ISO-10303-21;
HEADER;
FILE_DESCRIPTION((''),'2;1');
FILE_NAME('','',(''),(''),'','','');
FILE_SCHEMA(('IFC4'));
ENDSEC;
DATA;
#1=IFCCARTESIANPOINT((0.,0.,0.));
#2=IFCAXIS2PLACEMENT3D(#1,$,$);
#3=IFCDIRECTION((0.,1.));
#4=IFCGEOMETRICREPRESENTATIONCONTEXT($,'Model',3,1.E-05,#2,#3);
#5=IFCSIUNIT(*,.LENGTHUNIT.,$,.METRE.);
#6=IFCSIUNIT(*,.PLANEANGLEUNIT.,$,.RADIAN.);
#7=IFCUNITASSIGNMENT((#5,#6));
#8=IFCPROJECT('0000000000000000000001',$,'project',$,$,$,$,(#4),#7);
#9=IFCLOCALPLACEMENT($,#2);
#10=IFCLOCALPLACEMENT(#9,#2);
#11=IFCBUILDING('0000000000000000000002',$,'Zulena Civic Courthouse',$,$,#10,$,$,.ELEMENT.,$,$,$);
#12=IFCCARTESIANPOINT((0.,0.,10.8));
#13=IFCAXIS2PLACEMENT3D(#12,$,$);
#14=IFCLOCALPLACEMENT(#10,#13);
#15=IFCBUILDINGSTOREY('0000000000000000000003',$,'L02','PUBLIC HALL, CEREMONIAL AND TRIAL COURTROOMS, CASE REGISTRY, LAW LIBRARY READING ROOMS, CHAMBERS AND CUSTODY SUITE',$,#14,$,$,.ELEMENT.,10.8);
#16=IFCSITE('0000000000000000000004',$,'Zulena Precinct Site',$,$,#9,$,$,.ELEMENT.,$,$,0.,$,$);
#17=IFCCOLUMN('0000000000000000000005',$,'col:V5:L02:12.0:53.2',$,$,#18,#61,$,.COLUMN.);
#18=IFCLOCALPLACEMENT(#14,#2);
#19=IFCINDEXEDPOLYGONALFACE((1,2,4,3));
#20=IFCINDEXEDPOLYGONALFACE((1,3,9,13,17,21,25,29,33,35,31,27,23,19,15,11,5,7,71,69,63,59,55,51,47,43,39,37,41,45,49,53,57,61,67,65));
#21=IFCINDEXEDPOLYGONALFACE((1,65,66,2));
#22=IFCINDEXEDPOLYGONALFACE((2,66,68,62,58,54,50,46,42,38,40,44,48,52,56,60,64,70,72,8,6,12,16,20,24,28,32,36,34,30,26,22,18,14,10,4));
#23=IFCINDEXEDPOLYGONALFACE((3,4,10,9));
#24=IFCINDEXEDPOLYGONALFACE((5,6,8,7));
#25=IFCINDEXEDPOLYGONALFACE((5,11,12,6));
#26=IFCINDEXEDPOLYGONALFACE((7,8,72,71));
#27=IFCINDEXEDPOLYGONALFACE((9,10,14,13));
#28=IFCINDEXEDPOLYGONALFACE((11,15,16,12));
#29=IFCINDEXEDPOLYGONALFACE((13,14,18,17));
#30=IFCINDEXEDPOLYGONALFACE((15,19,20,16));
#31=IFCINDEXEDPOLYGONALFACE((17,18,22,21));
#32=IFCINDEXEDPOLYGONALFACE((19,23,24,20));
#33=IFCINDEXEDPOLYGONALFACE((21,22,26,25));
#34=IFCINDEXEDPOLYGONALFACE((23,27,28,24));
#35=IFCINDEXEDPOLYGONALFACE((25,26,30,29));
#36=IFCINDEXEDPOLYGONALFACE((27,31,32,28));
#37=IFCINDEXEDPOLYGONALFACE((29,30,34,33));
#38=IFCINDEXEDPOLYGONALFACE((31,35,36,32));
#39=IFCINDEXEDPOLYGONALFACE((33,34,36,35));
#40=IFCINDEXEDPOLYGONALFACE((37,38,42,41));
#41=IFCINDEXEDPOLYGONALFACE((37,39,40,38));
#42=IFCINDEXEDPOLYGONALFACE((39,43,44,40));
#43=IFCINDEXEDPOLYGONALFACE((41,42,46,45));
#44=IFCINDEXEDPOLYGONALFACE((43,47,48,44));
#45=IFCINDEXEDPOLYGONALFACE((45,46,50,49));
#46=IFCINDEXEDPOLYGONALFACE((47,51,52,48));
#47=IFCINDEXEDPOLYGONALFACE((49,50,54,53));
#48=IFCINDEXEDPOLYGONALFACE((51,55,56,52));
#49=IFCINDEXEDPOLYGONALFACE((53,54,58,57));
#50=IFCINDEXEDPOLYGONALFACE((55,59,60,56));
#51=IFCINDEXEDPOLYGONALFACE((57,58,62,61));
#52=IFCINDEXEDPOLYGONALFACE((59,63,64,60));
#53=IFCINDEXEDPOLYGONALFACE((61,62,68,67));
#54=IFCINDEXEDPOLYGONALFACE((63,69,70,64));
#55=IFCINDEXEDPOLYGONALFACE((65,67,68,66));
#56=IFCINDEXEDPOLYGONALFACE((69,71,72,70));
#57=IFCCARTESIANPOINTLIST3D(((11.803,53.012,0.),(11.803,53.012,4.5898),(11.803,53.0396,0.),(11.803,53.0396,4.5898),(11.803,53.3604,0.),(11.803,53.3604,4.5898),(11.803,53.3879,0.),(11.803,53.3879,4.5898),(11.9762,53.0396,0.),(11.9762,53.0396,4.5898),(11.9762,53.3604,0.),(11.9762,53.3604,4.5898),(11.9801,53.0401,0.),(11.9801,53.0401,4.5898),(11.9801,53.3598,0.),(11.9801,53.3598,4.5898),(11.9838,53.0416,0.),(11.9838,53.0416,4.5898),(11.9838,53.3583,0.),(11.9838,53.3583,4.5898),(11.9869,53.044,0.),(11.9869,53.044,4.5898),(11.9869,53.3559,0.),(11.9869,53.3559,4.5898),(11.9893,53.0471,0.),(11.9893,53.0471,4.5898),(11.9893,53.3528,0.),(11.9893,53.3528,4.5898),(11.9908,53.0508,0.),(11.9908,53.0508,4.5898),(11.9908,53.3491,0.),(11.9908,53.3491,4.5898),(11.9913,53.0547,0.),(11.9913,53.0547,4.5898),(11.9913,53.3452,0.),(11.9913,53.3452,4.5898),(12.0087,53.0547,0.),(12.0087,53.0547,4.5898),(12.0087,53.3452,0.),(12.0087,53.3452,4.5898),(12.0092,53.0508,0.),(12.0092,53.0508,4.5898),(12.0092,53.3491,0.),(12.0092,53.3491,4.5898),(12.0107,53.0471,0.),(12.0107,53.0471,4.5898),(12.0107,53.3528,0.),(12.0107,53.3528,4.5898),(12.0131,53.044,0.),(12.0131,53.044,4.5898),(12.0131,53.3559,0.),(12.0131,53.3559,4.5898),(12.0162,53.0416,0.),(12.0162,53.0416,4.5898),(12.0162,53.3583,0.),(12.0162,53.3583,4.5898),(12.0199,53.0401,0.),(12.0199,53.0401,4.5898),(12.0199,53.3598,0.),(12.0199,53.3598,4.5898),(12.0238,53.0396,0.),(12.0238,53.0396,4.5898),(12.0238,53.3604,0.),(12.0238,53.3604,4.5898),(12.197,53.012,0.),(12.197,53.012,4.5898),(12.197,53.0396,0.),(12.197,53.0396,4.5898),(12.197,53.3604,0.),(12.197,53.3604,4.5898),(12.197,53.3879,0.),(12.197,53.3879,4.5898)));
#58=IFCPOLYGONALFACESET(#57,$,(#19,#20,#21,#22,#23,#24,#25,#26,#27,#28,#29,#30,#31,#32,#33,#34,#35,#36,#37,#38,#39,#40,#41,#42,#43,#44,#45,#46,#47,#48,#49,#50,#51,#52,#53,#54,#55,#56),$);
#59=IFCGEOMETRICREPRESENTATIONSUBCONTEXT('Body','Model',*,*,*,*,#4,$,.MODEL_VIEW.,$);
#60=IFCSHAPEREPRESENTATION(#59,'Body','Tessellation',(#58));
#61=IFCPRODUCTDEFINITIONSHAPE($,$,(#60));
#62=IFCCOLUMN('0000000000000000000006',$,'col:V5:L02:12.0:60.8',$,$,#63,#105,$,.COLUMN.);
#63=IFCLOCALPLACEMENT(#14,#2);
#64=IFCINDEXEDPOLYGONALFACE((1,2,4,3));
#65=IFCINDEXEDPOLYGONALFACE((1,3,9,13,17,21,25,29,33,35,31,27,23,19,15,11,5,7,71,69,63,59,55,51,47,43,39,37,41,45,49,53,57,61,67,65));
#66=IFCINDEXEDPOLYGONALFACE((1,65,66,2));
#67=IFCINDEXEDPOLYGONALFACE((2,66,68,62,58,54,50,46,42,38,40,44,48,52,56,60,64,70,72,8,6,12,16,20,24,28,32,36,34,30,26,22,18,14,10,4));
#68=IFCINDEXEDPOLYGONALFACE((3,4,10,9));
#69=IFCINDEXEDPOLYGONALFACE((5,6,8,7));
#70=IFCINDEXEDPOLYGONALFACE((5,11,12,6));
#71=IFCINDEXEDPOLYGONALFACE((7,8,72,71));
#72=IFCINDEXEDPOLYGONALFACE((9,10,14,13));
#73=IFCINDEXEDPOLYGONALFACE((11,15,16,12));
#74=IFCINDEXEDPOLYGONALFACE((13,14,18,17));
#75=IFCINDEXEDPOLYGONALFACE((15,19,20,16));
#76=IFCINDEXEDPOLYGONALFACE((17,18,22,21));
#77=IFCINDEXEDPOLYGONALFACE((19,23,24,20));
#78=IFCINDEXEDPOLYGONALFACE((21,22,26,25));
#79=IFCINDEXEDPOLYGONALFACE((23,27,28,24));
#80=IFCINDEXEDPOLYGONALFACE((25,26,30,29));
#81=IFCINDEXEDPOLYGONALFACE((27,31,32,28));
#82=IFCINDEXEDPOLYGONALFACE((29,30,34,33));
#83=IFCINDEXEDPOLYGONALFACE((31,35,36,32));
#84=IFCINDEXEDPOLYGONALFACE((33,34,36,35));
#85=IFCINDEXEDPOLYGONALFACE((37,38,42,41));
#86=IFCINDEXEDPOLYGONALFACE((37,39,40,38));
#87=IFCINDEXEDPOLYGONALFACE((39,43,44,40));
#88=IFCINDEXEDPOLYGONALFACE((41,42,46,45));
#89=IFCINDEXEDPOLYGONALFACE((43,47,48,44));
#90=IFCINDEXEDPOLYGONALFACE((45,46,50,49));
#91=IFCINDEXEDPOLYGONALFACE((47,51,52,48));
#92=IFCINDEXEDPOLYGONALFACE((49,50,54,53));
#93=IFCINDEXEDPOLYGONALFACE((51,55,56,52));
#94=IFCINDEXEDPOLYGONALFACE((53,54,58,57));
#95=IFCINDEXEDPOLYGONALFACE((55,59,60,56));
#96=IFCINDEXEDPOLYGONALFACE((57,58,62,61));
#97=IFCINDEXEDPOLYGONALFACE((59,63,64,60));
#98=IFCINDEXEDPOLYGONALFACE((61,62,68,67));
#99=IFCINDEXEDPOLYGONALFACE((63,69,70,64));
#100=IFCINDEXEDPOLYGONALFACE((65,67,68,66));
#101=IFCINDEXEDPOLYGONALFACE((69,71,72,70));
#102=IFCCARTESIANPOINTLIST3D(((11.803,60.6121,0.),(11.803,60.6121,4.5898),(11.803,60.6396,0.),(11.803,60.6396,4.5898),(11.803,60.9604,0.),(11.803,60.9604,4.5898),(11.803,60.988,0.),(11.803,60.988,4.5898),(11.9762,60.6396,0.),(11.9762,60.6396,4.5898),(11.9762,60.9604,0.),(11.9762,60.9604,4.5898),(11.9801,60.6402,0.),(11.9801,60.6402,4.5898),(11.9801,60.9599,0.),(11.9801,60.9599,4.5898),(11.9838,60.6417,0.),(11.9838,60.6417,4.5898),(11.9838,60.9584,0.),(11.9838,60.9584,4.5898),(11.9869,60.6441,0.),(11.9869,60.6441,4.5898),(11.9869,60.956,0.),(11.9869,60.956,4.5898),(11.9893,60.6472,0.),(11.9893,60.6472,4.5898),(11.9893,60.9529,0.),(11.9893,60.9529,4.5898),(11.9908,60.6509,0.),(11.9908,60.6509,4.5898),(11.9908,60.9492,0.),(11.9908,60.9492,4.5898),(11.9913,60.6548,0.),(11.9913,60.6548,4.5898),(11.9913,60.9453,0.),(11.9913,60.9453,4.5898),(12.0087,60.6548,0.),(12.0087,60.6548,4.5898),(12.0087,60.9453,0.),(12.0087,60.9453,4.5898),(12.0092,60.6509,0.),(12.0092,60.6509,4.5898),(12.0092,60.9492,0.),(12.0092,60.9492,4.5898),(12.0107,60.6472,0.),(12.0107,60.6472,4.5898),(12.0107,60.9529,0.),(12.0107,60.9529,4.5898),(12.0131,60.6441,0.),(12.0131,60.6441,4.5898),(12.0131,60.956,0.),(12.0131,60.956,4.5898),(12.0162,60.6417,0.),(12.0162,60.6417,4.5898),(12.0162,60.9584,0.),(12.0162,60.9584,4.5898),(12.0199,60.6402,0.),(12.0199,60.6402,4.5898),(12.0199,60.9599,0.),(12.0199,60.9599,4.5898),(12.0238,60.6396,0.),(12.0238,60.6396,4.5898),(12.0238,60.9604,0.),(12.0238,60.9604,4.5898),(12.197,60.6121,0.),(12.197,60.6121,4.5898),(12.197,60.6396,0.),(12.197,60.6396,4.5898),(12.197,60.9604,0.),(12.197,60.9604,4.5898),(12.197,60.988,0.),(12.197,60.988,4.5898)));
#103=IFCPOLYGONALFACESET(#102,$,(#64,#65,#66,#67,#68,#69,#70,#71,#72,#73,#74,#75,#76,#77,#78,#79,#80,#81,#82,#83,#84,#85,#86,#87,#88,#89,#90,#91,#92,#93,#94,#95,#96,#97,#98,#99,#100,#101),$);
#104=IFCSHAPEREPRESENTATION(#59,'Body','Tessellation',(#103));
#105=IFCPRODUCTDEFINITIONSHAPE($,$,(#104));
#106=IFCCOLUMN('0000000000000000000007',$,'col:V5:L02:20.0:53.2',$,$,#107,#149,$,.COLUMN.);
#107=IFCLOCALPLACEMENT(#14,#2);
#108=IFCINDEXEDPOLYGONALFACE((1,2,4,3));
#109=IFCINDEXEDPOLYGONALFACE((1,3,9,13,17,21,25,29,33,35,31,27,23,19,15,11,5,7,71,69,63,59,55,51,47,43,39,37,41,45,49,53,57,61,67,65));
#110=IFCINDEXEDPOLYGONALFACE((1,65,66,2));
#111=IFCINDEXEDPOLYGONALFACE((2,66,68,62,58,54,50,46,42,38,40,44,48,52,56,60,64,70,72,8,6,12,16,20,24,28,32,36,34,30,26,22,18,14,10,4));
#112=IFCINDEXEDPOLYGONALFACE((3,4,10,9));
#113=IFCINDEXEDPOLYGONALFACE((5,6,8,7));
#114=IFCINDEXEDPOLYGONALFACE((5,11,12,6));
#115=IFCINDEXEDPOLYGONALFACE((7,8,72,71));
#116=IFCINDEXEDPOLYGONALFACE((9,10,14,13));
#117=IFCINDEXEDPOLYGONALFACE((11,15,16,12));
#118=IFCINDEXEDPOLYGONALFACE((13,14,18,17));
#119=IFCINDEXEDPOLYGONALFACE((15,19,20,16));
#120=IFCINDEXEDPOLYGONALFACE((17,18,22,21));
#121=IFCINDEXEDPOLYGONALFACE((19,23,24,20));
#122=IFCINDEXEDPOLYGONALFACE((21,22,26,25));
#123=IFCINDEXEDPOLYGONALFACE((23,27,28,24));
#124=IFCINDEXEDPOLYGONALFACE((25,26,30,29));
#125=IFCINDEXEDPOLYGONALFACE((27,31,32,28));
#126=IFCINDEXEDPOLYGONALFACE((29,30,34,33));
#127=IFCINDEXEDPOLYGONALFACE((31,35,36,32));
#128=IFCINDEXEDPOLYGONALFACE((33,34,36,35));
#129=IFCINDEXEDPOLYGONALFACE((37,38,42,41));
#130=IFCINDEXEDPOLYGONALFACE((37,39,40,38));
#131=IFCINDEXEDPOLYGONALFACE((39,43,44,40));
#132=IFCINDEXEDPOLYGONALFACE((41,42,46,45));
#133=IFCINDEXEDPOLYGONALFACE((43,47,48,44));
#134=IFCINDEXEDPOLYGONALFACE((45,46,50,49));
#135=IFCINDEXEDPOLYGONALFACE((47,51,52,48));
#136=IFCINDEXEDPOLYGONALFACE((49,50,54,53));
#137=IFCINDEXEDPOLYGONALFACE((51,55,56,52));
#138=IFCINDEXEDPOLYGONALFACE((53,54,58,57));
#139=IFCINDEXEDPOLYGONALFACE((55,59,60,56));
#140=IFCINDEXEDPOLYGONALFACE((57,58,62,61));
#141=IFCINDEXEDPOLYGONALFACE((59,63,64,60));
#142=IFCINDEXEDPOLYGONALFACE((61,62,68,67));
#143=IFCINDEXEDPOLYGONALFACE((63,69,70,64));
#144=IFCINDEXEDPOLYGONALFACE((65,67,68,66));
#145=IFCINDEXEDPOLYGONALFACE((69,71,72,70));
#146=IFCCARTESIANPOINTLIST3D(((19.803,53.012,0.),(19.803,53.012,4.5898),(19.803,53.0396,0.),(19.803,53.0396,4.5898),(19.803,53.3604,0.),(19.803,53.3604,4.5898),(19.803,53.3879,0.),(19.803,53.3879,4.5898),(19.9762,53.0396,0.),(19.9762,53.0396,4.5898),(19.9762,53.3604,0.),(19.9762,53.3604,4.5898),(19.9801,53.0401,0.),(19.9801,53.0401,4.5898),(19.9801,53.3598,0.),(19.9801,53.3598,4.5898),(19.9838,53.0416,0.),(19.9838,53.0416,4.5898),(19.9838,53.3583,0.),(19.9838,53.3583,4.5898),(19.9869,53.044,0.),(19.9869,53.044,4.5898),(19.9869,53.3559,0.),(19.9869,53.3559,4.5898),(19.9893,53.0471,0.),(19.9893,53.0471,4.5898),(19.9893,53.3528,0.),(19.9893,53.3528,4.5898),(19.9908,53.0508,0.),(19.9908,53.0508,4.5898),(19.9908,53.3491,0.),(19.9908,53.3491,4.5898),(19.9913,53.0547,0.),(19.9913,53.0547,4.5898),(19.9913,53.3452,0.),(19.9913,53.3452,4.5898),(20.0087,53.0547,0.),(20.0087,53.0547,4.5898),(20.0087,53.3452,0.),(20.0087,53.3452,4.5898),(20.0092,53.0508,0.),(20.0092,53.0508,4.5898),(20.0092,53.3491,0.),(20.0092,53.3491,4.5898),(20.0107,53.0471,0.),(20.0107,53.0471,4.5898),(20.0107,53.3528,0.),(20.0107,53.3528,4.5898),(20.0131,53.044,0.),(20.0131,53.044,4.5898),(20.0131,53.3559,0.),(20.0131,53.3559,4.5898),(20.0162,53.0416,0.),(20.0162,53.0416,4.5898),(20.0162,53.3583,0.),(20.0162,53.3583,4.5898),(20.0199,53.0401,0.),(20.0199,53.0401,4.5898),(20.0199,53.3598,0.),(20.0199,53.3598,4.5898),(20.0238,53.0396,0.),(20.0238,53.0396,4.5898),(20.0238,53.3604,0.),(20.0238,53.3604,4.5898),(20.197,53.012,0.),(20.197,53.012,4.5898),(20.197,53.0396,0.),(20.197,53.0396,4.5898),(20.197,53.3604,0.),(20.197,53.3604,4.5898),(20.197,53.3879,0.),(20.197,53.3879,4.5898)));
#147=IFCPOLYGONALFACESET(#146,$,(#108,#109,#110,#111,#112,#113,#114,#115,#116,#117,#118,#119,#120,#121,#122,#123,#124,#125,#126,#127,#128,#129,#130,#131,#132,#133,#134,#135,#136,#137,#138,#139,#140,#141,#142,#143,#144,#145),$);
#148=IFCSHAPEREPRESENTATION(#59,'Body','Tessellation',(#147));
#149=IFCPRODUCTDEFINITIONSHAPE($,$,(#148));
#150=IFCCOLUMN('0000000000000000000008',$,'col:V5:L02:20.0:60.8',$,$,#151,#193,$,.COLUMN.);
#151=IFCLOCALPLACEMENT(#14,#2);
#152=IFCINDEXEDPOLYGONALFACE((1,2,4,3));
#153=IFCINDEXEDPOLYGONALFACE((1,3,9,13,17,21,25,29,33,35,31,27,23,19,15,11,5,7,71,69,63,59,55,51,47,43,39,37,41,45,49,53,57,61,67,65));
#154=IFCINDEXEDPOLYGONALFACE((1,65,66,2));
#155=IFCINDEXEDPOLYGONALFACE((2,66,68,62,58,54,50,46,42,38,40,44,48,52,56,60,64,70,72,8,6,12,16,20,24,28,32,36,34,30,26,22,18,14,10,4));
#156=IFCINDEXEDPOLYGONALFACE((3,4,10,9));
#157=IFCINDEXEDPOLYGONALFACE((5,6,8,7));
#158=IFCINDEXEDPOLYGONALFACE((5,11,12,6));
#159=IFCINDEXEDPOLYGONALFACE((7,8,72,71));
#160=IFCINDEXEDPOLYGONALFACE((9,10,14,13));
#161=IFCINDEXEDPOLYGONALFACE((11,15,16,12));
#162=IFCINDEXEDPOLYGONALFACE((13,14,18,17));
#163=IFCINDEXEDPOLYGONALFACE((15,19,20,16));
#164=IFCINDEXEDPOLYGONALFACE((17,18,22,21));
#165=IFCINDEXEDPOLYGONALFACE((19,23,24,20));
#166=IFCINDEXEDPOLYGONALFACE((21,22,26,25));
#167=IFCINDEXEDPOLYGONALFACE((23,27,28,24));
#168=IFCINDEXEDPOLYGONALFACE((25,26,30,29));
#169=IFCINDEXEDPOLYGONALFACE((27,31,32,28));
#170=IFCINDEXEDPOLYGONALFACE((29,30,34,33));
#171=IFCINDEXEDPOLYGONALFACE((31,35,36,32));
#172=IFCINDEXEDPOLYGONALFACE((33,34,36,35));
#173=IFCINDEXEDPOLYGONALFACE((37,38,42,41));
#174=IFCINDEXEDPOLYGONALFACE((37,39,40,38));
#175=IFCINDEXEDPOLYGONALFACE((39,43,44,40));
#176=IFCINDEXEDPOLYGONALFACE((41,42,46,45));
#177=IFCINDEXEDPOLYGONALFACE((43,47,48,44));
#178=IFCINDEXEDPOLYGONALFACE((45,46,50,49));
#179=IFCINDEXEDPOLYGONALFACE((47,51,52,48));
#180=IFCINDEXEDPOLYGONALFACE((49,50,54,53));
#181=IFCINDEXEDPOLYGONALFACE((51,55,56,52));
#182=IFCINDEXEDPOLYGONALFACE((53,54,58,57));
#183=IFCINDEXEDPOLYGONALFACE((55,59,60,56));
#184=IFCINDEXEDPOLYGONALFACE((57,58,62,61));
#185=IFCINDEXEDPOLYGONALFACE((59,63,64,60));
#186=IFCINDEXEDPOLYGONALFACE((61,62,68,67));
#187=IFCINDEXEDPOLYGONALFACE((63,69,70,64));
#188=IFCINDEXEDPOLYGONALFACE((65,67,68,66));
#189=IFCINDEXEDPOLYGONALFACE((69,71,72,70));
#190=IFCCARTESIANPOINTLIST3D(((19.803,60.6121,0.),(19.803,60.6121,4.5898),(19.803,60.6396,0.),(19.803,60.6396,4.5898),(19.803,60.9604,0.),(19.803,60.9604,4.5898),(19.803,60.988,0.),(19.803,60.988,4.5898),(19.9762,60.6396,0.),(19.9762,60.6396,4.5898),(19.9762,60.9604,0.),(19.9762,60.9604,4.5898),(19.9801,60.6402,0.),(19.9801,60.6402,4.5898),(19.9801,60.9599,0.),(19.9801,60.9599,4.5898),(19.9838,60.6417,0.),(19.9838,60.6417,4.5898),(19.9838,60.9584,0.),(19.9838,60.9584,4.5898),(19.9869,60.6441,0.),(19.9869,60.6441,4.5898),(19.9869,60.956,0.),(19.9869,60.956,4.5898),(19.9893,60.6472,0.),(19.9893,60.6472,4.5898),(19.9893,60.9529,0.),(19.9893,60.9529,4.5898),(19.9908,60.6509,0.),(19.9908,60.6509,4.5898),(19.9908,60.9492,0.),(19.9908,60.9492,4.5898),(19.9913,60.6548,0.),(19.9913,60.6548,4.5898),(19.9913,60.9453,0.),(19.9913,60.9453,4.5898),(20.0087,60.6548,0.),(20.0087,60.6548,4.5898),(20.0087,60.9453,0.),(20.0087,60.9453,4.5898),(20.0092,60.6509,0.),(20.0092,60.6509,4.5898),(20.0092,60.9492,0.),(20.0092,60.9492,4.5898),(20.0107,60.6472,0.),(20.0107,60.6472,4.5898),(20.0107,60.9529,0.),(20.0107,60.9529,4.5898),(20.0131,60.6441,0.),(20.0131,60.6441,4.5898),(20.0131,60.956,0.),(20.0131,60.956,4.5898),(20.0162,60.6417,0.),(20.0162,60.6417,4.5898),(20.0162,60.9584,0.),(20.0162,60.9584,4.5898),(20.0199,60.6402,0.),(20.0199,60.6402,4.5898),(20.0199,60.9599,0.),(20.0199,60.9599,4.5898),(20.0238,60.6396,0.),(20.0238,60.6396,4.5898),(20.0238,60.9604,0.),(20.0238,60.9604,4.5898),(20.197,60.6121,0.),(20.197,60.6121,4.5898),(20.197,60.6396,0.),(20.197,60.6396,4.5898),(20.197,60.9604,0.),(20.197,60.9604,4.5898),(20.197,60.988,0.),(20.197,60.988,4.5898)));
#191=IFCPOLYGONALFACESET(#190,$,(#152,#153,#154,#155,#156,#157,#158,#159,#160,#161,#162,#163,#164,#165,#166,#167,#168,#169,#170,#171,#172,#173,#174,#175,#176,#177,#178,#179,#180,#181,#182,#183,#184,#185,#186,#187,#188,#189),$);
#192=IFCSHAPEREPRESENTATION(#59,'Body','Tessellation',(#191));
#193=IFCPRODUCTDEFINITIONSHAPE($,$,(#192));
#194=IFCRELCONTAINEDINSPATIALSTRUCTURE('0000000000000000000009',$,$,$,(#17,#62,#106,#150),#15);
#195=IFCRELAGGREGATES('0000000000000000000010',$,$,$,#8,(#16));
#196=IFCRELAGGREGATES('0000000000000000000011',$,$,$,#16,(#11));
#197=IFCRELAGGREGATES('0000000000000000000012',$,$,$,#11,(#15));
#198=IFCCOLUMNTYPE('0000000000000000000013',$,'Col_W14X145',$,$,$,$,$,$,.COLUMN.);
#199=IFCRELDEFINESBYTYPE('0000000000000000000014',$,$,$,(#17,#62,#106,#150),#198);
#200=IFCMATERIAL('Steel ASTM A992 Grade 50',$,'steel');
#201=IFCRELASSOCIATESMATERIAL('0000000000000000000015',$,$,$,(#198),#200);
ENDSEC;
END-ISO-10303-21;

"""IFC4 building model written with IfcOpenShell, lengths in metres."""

from ifc_helpers import new_model, si_unit, direction, frame, origin, origin_2d, place, context, subcontext, project, spatial, i_section, extrude, material, material_profile, profile_set, type_object, element, save


model = new_model("IFC4")

# Units and contexts
model_context = context("Model", 3, precision=1e-05, world=origin(), true_north=direction((0.0, 1.0)))
body_context = subcontext(model_context, "Body", "Model", "MODEL_VIEW")
ifc_project = project(units=[si_unit("LENGTHUNIT", "METRE"), si_unit("PLANEANGLEUNIT", "RADIAN")], contexts=[model_context])

# Site, building, storey
site_placement = place(None, origin())
site = spatial("IfcSite", under=ifc_project, at=site_placement, Name="Zulena Precinct Site", CompositionType="ELEMENT", RefElevation=0.0)
building_placement = place(site_placement, origin())
building = spatial("IfcBuilding", under=site, at=building_placement, Name="Zulena Civic Courthouse", CompositionType="ELEMENT")
storey_placement = place(building_placement, frame((0.0, 0.0, 10.8)))
storey = spatial("IfcBuildingStorey", under=building, at=storey_placement, Name="L02", Description="PUBLIC HALL, CEREMONIAL AND TRIAL COURTROOMS, CASE REGISTRY, LAW LIBRARY READING ROOMS, CHAMBERS AND CUSTODY SUITE", CompositionType="ELEMENT", Elevation=10.8)

# Columns
ifc_material_1 = material(Name="Steel ASTM A992 Grade 50", Category="steel")
ifc_material_profile_1 = material_profile(ifc_material_1, i_section(OverallWidth=0.394, OverallDepth=0.376, WebThickness=0.0173, FlangeThickness=0.0276, FilletRadius=0.0151, at=origin_2d()), Name="W14X145")
ifc_profile_set_1 = profile_set([ifc_material_profile_1], Name="Steel ASTM A992 Grade 50")
column_type_1 = type_object("IfcColumnType", Name="Col_W14X145", PredefinedType="COLUMN", material=ifc_profile_set_1)
for number, where, z_axis, x_axis, name in (
    (1, (12.0, 53.2, 0.0), (0.0, 0.0, 1.0), (1.0, 0.0, 0.0), "col:V5:L02:12.0:53.2"),
    (2, (12.0, 60.8, 0.0), (0.0, 0.0, 1.0), (1.0, 0.0, 0.0), "col:V5:L02:12.0:60.8"),
    (3, (20.0, 53.2, 0.0), (0.0, 0.0, 1.0), (1.0, 0.0, 0.0), "col:V5:L02:20.0:53.2"),
    (4, (20.0, 60.8, 0.0), (0.0, 0.0, 1.0), (1.0, 0.0, 0.0), "col:V5:L02:20.0:60.8"),
):
    element("IfcColumn", number, at=place(storey_placement, frame(where, z_axis=z_axis, x_axis=x_axis)), inside=storey, type_object=column_type_1, Name=name, PredefinedType="COLUMN", context=body_context, shape_type="SweptSolid", body=[
        extrude(i_section(OverallWidth=0.394, OverallDepth=0.376, WebThickness=0.0173, FlangeThickness=0.0276, FilletRadius=0.0151, at=origin_2d()), origin(), (0.0, 0.0, 1.0), 4.5898),
    ])

save(model, "model.ifc")
